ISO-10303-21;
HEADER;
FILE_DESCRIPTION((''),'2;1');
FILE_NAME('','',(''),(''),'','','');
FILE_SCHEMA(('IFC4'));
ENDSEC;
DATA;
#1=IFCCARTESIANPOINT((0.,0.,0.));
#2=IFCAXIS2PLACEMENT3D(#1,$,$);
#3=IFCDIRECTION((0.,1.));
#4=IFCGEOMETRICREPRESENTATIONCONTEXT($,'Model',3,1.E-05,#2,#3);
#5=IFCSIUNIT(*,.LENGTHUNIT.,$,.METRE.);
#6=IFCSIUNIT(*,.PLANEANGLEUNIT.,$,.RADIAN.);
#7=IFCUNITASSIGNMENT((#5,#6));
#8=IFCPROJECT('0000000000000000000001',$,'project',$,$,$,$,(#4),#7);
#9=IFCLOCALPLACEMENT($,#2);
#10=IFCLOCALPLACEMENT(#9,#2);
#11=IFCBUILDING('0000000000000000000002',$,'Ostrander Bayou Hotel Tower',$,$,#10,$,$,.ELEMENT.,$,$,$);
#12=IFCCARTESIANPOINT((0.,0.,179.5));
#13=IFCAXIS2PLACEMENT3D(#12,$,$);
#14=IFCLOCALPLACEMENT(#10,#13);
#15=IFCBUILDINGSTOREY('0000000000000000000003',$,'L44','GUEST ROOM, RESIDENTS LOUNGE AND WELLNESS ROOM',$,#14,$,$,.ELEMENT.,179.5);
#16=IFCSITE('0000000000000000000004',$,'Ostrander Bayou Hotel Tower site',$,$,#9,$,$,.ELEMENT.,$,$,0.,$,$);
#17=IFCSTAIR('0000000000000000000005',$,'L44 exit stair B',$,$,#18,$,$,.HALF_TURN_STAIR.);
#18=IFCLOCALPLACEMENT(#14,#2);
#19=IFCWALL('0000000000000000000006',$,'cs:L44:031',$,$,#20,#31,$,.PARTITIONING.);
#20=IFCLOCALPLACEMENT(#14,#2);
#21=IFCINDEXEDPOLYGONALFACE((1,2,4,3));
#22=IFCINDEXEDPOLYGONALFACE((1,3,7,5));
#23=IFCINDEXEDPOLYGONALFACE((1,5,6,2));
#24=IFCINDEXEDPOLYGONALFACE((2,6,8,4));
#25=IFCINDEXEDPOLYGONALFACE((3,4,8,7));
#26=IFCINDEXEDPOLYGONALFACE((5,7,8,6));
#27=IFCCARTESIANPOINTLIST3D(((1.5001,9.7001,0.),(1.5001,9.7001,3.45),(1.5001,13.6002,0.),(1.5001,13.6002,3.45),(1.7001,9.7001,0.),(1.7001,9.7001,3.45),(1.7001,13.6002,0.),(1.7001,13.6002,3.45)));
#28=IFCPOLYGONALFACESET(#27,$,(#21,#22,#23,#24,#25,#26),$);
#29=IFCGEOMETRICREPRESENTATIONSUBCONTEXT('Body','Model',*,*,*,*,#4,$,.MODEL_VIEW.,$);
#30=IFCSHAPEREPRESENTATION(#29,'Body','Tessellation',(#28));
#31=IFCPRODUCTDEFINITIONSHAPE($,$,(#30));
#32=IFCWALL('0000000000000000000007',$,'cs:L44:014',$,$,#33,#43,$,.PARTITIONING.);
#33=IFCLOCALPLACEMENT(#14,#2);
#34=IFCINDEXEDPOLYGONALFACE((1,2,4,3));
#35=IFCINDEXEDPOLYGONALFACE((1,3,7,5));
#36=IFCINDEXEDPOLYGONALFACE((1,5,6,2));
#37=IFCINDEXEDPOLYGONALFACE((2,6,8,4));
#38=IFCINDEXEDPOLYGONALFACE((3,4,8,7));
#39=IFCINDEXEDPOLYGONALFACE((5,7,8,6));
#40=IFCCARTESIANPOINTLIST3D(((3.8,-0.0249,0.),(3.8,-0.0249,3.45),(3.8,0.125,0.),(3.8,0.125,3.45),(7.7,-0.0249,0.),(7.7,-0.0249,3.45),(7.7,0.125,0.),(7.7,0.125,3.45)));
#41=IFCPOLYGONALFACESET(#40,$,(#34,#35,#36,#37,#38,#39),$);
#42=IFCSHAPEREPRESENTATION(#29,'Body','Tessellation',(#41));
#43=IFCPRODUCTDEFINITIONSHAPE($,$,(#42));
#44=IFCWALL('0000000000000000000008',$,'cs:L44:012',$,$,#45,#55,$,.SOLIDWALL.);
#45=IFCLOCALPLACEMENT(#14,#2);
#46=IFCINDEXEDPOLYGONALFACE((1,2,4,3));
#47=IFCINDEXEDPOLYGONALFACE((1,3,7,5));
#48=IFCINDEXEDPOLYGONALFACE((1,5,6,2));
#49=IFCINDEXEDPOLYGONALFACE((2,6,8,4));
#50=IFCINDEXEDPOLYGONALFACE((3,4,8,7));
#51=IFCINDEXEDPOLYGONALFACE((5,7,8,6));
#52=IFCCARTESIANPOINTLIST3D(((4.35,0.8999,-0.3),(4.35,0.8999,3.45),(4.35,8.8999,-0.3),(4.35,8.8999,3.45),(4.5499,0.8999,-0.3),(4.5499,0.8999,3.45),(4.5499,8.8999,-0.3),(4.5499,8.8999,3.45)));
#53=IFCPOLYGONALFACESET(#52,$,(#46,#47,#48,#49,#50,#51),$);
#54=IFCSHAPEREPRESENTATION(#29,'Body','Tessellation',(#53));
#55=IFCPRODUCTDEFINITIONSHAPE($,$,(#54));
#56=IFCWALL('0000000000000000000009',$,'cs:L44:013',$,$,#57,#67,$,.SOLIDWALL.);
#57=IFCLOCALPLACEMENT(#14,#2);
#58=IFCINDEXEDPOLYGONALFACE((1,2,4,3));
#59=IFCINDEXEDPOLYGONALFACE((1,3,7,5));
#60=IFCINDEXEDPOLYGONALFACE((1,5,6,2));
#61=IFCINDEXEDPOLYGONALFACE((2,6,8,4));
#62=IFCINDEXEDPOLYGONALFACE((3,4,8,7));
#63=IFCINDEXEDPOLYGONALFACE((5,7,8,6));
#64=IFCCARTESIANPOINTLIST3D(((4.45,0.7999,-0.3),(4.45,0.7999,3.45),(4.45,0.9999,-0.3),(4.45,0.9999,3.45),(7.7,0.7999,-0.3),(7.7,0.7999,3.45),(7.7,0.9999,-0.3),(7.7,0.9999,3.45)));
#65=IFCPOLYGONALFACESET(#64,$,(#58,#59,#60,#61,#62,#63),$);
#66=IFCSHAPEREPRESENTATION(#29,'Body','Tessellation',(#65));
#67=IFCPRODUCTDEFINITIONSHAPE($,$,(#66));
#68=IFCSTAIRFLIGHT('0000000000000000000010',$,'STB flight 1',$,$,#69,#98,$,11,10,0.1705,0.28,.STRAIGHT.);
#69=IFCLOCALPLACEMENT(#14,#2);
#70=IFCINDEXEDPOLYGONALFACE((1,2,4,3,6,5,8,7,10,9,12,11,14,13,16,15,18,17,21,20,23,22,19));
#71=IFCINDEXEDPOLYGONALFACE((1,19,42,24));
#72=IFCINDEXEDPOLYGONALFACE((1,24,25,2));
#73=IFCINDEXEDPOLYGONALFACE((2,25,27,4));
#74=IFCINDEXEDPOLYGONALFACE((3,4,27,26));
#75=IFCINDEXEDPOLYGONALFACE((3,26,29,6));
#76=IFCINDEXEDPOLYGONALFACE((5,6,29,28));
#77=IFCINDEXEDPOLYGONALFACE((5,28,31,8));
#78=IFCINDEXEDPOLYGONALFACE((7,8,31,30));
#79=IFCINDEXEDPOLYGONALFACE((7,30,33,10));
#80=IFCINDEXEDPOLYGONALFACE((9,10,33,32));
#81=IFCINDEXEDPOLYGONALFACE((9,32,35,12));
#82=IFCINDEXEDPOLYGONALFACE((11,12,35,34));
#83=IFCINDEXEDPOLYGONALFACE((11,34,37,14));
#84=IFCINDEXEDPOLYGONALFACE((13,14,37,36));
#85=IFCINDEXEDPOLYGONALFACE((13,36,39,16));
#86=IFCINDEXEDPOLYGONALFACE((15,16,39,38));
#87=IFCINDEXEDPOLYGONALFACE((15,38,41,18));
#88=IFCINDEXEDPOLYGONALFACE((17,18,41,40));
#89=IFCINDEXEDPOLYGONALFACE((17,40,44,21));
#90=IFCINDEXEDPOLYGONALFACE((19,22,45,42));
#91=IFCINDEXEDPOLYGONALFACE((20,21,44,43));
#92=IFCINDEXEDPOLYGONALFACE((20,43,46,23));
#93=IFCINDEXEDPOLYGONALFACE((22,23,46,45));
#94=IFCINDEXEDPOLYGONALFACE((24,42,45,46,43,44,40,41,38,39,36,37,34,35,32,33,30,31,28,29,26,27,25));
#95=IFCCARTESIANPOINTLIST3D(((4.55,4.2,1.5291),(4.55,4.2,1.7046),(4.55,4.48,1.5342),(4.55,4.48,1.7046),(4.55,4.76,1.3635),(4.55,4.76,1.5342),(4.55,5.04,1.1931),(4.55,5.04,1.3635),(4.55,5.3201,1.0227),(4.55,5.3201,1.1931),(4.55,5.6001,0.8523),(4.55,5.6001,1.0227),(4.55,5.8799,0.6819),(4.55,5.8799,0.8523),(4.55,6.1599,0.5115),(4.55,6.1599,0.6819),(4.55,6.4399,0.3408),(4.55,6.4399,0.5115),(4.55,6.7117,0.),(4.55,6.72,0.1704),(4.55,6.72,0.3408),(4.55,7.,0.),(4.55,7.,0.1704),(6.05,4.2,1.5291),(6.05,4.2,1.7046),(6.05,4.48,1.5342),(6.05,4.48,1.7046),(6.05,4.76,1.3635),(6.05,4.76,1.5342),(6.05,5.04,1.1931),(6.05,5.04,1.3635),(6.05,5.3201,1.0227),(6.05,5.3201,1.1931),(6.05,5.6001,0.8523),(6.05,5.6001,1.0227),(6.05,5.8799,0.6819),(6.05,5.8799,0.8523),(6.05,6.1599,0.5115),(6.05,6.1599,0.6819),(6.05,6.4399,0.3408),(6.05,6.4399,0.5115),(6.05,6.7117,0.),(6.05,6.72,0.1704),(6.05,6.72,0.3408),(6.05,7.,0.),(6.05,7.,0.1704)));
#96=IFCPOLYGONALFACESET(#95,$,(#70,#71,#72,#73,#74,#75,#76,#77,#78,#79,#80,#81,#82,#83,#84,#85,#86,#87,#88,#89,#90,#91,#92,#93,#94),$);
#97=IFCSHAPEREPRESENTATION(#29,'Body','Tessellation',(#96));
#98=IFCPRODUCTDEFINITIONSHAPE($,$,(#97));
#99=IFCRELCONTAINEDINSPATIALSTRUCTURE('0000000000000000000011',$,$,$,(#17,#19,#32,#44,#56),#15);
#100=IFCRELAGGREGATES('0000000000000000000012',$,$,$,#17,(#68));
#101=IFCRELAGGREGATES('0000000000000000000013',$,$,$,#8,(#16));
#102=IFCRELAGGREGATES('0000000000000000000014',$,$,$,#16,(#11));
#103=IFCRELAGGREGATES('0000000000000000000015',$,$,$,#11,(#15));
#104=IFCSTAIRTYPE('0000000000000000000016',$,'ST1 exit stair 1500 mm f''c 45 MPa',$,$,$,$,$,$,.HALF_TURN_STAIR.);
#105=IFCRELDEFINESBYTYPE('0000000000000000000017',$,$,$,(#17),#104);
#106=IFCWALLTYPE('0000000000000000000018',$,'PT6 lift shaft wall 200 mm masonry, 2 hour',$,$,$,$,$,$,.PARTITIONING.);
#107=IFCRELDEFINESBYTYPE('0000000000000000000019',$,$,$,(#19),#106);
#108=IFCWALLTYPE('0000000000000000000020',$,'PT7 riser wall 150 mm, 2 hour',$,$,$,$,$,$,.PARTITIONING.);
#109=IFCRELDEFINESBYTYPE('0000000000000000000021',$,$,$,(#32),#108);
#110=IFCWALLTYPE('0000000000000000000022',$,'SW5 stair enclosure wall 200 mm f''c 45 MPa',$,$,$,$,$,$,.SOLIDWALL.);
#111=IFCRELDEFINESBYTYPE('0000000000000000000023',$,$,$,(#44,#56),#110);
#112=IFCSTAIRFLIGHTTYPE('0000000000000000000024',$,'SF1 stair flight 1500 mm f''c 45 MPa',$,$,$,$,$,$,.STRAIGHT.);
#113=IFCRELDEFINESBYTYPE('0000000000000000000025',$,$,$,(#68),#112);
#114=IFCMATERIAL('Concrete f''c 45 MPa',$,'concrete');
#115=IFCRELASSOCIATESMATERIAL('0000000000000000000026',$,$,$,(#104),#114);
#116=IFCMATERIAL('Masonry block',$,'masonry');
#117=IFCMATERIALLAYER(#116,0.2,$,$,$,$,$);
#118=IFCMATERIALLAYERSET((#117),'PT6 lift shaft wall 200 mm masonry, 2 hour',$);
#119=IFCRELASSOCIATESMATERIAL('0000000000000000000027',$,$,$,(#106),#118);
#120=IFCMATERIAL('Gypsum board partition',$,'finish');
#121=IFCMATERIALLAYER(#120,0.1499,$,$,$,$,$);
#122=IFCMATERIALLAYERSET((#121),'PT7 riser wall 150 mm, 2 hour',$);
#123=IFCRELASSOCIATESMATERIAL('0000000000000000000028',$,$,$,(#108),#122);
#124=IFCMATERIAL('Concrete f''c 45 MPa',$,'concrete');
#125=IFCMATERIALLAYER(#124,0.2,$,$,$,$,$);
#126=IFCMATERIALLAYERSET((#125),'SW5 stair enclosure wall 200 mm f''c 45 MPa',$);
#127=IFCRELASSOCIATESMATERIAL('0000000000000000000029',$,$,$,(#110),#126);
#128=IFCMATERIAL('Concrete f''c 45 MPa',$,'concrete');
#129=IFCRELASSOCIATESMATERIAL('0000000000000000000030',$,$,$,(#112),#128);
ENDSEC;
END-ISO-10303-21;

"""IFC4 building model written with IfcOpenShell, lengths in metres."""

from ifc_helpers import new_model, si_unit, direction, frame, frame_2d, origin, place, context, subcontext, project, spatial, polyline, rectangle, outline, extrude, material, layer, layer_set, type_object, element, aggregate, save


model = new_model("IFC4")

# Units and contexts
model_context = context("Model", 3, precision=1e-05, world=origin(), true_north=direction((0.0, 1.0)))
body_context = subcontext(model_context, "Body", "Model", "MODEL_VIEW")
ifc_project = project(units=[si_unit("LENGTHUNIT", "METRE"), si_unit("PLANEANGLEUNIT", "RADIAN")], contexts=[model_context])

# Site, building, storey
site_placement = place(None, origin())
site = spatial("IfcSite", under=ifc_project, at=site_placement, Name="Ostrander Bayou Hotel Tower site", CompositionType="ELEMENT", RefElevation=0.0)
building_placement = place(site_placement, origin())
building = spatial("IfcBuilding", under=site, at=building_placement, Name="Ostrander Bayou Hotel Tower", CompositionType="ELEMENT")
storey_placement = place(building_placement, frame((0.0, 0.0, 179.5)))
storey = spatial("IfcBuildingStorey", under=building, at=storey_placement, Name="L44", Description="GUEST ROOM, RESIDENTS LOUNGE AND WELLNESS ROOM", CompositionType="ELEMENT", Elevation=179.5)

# Stair
ifc_material_1 = material(Name="Concrete f'c 45 MPa", Category="concrete")
stair_type = type_object("IfcStairType", Name="ST1 exit stair 1500 mm f'c 45 MPa", PredefinedType="HALF_TURN_STAIR", material=ifc_material_1)
stair_1_placement = place(storey_placement, origin())
stair_1 = element("IfcStair", 1, at=stair_1_placement, inside=storey, type_object=stair_type, Name="L44 exit stair B", PredefinedType="HALF_TURN_STAIR")

# Shared definitions
ifc_material_2 = material(Name="Masonry block", Category="masonry")
ifc_layer_1 = layer(ifc_material_2, 0.2)
ifc_layer_set_1 = layer_set([ifc_layer_1], Name="PT6 lift shaft wall 200 mm masonry, 2 hour")
wall_type_1 = type_object("IfcWallType", Name="PT6 lift shaft wall 200 mm masonry, 2 hour", PredefinedType="PARTITIONING", material=ifc_layer_set_1)

# Walls
wall_1_placement = place(storey_placement, frame((1.6001, 9.7, 0.0), z_axis=(0.0, 0.0, 1.0), x_axis=(0.0, 1.0, 0.0)))
element("IfcWall", 2, at=wall_1_placement, inside=storey, type_object=wall_type_1, Name="cs:L44:031", PredefinedType="PARTITIONING", context=body_context, shape_type="SweptSolid", body=[
    extrude(rectangle(XDim=3.9001, YDim=0.2, at=frame_2d((1.9502, 0.0))), origin(), (0.0, 0.0, 1.0), 3.45),
])
ifc_material_3 = material(Name="Gypsum board partition", Category="finish")
ifc_layer_2 = layer(ifc_material_3, 0.1499)
ifc_layer_set_2 = layer_set([ifc_layer_2], Name="PT7 riser wall 150 mm, 2 hour")
wall_type_2 = type_object("IfcWallType", Name="PT7 riser wall 150 mm, 2 hour", PredefinedType="PARTITIONING", material=ifc_layer_set_2)
wall_2_placement = place(storey_placement, frame((3.8, 0.05, 0.0), z_axis=(0.0, 0.0, 1.0), x_axis=(1.0, 0.0, 0.0)))
element("IfcWall", 3, at=wall_2_placement, inside=storey, type_object=wall_type_2, Name="cs:L44:014", PredefinedType="PARTITIONING", context=body_context, shape_type="SweptSolid", body=[
    extrude(rectangle(XDim=3.8999, YDim=0.1499, at=frame_2d((1.95, 0.0))), origin(), (0.0, 0.0, 1.0), 3.45),
])
ifc_material_4 = material(Name="Concrete f'c 45 MPa", Category="concrete")
ifc_layer_3 = layer(ifc_material_4, 0.2)
ifc_layer_set_3 = layer_set([ifc_layer_3], Name="SW5 stair enclosure wall 200 mm f'c 45 MPa")
wall_type_3 = type_object("IfcWallType", Name="SW5 stair enclosure wall 200 mm f'c 45 MPa", PredefinedType="SOLIDWALL", material=ifc_layer_set_3)
wall_3_placement = place(storey_placement, frame((4.45, 0.8999, -0.3), z_axis=(0.0, 0.0, 1.0), x_axis=(0.0, 1.0, 0.0)))
element("IfcWall", 4, at=wall_3_placement, inside=storey, type_object=wall_type_3, Name="cs:L44:012", PredefinedType="SOLIDWALL", context=body_context, shape_type="SweptSolid", body=[
    extrude(rectangle(XDim=8.0, YDim=0.2, at=frame_2d((4.0, 0.0))), origin(), (0.0, 0.0, 1.0), 3.75),
])
wall_4_placement = place(storey_placement, frame((4.45, 0.8999, -0.3), z_axis=(0.0, 0.0, 1.0), x_axis=(1.0, 0.0, 0.0)))
element("IfcWall", 5, at=wall_4_placement, inside=storey, type_object=wall_type_3, Name="cs:L44:013", PredefinedType="SOLIDWALL", context=body_context, shape_type="SweptSolid", body=[
    extrude(rectangle(XDim=3.25, YDim=0.2, at=frame_2d((1.625, 0.0))), origin(), (0.0, 0.0, 1.0), 3.75),
])

# Stair flight
ifc_material_5 = material(Name="Concrete f'c 45 MPa", Category="concrete")
stair_flight_type = type_object("IfcStairFlightType", Name="SF1 stair flight 1500 mm f'c 45 MPa", PredefinedType="STRAIGHT", material=ifc_material_5)
stair_flight_placement = place(storey_placement, frame((5.3, 7.0, 0.0), z_axis=(0.0, 0.0, 1.0), x_axis=(0.0, -1.0, 0.0)))
stair_flight = element("IfcStairFlight", 6, at=stair_flight_placement, type_object=stair_flight_type, Name="STB flight 1", NumberOfRisers=11, NumberOfTreads=10, PredefinedType="STRAIGHT", RiserHeight=0.1705, TreadLength=0.28, context=body_context, shape_type="SweptSolid", body=[
    extrude(outline(polyline([(0.0, 0.0), (0.0, 0.1704), (0.28, 0.1704), (0.28, 0.3408), (0.5601, 0.3408), (0.5601, 0.5115), (0.8401, 0.5115), (0.8401, 0.6819), (1.1201, 0.6819), (1.1201, 0.8523), (1.3999, 0.8523), (1.3999, 1.0227), (1.6799, 1.0227), (1.6799, 1.1931), (1.96, 1.1931), (1.96, 1.3635), (2.24, 1.3635), (2.24, 1.5342), (2.52, 1.5342), (2.52, 1.7046), (2.8, 1.7046), (2.8, 1.875), (2.8, 1.5291), (0.2883, 0.0), (0.0, 0.0)])), frame((0.0, 0.75, 0.0), z_axis=(0.0, -1.0, 0.0), x_axis=(1.0, 0.0, 0.0)), (0.0, 0.0, 1.0), 1.5),
])
aggregate(stair_1, [stair_flight])

save(model, "model.ifc")
